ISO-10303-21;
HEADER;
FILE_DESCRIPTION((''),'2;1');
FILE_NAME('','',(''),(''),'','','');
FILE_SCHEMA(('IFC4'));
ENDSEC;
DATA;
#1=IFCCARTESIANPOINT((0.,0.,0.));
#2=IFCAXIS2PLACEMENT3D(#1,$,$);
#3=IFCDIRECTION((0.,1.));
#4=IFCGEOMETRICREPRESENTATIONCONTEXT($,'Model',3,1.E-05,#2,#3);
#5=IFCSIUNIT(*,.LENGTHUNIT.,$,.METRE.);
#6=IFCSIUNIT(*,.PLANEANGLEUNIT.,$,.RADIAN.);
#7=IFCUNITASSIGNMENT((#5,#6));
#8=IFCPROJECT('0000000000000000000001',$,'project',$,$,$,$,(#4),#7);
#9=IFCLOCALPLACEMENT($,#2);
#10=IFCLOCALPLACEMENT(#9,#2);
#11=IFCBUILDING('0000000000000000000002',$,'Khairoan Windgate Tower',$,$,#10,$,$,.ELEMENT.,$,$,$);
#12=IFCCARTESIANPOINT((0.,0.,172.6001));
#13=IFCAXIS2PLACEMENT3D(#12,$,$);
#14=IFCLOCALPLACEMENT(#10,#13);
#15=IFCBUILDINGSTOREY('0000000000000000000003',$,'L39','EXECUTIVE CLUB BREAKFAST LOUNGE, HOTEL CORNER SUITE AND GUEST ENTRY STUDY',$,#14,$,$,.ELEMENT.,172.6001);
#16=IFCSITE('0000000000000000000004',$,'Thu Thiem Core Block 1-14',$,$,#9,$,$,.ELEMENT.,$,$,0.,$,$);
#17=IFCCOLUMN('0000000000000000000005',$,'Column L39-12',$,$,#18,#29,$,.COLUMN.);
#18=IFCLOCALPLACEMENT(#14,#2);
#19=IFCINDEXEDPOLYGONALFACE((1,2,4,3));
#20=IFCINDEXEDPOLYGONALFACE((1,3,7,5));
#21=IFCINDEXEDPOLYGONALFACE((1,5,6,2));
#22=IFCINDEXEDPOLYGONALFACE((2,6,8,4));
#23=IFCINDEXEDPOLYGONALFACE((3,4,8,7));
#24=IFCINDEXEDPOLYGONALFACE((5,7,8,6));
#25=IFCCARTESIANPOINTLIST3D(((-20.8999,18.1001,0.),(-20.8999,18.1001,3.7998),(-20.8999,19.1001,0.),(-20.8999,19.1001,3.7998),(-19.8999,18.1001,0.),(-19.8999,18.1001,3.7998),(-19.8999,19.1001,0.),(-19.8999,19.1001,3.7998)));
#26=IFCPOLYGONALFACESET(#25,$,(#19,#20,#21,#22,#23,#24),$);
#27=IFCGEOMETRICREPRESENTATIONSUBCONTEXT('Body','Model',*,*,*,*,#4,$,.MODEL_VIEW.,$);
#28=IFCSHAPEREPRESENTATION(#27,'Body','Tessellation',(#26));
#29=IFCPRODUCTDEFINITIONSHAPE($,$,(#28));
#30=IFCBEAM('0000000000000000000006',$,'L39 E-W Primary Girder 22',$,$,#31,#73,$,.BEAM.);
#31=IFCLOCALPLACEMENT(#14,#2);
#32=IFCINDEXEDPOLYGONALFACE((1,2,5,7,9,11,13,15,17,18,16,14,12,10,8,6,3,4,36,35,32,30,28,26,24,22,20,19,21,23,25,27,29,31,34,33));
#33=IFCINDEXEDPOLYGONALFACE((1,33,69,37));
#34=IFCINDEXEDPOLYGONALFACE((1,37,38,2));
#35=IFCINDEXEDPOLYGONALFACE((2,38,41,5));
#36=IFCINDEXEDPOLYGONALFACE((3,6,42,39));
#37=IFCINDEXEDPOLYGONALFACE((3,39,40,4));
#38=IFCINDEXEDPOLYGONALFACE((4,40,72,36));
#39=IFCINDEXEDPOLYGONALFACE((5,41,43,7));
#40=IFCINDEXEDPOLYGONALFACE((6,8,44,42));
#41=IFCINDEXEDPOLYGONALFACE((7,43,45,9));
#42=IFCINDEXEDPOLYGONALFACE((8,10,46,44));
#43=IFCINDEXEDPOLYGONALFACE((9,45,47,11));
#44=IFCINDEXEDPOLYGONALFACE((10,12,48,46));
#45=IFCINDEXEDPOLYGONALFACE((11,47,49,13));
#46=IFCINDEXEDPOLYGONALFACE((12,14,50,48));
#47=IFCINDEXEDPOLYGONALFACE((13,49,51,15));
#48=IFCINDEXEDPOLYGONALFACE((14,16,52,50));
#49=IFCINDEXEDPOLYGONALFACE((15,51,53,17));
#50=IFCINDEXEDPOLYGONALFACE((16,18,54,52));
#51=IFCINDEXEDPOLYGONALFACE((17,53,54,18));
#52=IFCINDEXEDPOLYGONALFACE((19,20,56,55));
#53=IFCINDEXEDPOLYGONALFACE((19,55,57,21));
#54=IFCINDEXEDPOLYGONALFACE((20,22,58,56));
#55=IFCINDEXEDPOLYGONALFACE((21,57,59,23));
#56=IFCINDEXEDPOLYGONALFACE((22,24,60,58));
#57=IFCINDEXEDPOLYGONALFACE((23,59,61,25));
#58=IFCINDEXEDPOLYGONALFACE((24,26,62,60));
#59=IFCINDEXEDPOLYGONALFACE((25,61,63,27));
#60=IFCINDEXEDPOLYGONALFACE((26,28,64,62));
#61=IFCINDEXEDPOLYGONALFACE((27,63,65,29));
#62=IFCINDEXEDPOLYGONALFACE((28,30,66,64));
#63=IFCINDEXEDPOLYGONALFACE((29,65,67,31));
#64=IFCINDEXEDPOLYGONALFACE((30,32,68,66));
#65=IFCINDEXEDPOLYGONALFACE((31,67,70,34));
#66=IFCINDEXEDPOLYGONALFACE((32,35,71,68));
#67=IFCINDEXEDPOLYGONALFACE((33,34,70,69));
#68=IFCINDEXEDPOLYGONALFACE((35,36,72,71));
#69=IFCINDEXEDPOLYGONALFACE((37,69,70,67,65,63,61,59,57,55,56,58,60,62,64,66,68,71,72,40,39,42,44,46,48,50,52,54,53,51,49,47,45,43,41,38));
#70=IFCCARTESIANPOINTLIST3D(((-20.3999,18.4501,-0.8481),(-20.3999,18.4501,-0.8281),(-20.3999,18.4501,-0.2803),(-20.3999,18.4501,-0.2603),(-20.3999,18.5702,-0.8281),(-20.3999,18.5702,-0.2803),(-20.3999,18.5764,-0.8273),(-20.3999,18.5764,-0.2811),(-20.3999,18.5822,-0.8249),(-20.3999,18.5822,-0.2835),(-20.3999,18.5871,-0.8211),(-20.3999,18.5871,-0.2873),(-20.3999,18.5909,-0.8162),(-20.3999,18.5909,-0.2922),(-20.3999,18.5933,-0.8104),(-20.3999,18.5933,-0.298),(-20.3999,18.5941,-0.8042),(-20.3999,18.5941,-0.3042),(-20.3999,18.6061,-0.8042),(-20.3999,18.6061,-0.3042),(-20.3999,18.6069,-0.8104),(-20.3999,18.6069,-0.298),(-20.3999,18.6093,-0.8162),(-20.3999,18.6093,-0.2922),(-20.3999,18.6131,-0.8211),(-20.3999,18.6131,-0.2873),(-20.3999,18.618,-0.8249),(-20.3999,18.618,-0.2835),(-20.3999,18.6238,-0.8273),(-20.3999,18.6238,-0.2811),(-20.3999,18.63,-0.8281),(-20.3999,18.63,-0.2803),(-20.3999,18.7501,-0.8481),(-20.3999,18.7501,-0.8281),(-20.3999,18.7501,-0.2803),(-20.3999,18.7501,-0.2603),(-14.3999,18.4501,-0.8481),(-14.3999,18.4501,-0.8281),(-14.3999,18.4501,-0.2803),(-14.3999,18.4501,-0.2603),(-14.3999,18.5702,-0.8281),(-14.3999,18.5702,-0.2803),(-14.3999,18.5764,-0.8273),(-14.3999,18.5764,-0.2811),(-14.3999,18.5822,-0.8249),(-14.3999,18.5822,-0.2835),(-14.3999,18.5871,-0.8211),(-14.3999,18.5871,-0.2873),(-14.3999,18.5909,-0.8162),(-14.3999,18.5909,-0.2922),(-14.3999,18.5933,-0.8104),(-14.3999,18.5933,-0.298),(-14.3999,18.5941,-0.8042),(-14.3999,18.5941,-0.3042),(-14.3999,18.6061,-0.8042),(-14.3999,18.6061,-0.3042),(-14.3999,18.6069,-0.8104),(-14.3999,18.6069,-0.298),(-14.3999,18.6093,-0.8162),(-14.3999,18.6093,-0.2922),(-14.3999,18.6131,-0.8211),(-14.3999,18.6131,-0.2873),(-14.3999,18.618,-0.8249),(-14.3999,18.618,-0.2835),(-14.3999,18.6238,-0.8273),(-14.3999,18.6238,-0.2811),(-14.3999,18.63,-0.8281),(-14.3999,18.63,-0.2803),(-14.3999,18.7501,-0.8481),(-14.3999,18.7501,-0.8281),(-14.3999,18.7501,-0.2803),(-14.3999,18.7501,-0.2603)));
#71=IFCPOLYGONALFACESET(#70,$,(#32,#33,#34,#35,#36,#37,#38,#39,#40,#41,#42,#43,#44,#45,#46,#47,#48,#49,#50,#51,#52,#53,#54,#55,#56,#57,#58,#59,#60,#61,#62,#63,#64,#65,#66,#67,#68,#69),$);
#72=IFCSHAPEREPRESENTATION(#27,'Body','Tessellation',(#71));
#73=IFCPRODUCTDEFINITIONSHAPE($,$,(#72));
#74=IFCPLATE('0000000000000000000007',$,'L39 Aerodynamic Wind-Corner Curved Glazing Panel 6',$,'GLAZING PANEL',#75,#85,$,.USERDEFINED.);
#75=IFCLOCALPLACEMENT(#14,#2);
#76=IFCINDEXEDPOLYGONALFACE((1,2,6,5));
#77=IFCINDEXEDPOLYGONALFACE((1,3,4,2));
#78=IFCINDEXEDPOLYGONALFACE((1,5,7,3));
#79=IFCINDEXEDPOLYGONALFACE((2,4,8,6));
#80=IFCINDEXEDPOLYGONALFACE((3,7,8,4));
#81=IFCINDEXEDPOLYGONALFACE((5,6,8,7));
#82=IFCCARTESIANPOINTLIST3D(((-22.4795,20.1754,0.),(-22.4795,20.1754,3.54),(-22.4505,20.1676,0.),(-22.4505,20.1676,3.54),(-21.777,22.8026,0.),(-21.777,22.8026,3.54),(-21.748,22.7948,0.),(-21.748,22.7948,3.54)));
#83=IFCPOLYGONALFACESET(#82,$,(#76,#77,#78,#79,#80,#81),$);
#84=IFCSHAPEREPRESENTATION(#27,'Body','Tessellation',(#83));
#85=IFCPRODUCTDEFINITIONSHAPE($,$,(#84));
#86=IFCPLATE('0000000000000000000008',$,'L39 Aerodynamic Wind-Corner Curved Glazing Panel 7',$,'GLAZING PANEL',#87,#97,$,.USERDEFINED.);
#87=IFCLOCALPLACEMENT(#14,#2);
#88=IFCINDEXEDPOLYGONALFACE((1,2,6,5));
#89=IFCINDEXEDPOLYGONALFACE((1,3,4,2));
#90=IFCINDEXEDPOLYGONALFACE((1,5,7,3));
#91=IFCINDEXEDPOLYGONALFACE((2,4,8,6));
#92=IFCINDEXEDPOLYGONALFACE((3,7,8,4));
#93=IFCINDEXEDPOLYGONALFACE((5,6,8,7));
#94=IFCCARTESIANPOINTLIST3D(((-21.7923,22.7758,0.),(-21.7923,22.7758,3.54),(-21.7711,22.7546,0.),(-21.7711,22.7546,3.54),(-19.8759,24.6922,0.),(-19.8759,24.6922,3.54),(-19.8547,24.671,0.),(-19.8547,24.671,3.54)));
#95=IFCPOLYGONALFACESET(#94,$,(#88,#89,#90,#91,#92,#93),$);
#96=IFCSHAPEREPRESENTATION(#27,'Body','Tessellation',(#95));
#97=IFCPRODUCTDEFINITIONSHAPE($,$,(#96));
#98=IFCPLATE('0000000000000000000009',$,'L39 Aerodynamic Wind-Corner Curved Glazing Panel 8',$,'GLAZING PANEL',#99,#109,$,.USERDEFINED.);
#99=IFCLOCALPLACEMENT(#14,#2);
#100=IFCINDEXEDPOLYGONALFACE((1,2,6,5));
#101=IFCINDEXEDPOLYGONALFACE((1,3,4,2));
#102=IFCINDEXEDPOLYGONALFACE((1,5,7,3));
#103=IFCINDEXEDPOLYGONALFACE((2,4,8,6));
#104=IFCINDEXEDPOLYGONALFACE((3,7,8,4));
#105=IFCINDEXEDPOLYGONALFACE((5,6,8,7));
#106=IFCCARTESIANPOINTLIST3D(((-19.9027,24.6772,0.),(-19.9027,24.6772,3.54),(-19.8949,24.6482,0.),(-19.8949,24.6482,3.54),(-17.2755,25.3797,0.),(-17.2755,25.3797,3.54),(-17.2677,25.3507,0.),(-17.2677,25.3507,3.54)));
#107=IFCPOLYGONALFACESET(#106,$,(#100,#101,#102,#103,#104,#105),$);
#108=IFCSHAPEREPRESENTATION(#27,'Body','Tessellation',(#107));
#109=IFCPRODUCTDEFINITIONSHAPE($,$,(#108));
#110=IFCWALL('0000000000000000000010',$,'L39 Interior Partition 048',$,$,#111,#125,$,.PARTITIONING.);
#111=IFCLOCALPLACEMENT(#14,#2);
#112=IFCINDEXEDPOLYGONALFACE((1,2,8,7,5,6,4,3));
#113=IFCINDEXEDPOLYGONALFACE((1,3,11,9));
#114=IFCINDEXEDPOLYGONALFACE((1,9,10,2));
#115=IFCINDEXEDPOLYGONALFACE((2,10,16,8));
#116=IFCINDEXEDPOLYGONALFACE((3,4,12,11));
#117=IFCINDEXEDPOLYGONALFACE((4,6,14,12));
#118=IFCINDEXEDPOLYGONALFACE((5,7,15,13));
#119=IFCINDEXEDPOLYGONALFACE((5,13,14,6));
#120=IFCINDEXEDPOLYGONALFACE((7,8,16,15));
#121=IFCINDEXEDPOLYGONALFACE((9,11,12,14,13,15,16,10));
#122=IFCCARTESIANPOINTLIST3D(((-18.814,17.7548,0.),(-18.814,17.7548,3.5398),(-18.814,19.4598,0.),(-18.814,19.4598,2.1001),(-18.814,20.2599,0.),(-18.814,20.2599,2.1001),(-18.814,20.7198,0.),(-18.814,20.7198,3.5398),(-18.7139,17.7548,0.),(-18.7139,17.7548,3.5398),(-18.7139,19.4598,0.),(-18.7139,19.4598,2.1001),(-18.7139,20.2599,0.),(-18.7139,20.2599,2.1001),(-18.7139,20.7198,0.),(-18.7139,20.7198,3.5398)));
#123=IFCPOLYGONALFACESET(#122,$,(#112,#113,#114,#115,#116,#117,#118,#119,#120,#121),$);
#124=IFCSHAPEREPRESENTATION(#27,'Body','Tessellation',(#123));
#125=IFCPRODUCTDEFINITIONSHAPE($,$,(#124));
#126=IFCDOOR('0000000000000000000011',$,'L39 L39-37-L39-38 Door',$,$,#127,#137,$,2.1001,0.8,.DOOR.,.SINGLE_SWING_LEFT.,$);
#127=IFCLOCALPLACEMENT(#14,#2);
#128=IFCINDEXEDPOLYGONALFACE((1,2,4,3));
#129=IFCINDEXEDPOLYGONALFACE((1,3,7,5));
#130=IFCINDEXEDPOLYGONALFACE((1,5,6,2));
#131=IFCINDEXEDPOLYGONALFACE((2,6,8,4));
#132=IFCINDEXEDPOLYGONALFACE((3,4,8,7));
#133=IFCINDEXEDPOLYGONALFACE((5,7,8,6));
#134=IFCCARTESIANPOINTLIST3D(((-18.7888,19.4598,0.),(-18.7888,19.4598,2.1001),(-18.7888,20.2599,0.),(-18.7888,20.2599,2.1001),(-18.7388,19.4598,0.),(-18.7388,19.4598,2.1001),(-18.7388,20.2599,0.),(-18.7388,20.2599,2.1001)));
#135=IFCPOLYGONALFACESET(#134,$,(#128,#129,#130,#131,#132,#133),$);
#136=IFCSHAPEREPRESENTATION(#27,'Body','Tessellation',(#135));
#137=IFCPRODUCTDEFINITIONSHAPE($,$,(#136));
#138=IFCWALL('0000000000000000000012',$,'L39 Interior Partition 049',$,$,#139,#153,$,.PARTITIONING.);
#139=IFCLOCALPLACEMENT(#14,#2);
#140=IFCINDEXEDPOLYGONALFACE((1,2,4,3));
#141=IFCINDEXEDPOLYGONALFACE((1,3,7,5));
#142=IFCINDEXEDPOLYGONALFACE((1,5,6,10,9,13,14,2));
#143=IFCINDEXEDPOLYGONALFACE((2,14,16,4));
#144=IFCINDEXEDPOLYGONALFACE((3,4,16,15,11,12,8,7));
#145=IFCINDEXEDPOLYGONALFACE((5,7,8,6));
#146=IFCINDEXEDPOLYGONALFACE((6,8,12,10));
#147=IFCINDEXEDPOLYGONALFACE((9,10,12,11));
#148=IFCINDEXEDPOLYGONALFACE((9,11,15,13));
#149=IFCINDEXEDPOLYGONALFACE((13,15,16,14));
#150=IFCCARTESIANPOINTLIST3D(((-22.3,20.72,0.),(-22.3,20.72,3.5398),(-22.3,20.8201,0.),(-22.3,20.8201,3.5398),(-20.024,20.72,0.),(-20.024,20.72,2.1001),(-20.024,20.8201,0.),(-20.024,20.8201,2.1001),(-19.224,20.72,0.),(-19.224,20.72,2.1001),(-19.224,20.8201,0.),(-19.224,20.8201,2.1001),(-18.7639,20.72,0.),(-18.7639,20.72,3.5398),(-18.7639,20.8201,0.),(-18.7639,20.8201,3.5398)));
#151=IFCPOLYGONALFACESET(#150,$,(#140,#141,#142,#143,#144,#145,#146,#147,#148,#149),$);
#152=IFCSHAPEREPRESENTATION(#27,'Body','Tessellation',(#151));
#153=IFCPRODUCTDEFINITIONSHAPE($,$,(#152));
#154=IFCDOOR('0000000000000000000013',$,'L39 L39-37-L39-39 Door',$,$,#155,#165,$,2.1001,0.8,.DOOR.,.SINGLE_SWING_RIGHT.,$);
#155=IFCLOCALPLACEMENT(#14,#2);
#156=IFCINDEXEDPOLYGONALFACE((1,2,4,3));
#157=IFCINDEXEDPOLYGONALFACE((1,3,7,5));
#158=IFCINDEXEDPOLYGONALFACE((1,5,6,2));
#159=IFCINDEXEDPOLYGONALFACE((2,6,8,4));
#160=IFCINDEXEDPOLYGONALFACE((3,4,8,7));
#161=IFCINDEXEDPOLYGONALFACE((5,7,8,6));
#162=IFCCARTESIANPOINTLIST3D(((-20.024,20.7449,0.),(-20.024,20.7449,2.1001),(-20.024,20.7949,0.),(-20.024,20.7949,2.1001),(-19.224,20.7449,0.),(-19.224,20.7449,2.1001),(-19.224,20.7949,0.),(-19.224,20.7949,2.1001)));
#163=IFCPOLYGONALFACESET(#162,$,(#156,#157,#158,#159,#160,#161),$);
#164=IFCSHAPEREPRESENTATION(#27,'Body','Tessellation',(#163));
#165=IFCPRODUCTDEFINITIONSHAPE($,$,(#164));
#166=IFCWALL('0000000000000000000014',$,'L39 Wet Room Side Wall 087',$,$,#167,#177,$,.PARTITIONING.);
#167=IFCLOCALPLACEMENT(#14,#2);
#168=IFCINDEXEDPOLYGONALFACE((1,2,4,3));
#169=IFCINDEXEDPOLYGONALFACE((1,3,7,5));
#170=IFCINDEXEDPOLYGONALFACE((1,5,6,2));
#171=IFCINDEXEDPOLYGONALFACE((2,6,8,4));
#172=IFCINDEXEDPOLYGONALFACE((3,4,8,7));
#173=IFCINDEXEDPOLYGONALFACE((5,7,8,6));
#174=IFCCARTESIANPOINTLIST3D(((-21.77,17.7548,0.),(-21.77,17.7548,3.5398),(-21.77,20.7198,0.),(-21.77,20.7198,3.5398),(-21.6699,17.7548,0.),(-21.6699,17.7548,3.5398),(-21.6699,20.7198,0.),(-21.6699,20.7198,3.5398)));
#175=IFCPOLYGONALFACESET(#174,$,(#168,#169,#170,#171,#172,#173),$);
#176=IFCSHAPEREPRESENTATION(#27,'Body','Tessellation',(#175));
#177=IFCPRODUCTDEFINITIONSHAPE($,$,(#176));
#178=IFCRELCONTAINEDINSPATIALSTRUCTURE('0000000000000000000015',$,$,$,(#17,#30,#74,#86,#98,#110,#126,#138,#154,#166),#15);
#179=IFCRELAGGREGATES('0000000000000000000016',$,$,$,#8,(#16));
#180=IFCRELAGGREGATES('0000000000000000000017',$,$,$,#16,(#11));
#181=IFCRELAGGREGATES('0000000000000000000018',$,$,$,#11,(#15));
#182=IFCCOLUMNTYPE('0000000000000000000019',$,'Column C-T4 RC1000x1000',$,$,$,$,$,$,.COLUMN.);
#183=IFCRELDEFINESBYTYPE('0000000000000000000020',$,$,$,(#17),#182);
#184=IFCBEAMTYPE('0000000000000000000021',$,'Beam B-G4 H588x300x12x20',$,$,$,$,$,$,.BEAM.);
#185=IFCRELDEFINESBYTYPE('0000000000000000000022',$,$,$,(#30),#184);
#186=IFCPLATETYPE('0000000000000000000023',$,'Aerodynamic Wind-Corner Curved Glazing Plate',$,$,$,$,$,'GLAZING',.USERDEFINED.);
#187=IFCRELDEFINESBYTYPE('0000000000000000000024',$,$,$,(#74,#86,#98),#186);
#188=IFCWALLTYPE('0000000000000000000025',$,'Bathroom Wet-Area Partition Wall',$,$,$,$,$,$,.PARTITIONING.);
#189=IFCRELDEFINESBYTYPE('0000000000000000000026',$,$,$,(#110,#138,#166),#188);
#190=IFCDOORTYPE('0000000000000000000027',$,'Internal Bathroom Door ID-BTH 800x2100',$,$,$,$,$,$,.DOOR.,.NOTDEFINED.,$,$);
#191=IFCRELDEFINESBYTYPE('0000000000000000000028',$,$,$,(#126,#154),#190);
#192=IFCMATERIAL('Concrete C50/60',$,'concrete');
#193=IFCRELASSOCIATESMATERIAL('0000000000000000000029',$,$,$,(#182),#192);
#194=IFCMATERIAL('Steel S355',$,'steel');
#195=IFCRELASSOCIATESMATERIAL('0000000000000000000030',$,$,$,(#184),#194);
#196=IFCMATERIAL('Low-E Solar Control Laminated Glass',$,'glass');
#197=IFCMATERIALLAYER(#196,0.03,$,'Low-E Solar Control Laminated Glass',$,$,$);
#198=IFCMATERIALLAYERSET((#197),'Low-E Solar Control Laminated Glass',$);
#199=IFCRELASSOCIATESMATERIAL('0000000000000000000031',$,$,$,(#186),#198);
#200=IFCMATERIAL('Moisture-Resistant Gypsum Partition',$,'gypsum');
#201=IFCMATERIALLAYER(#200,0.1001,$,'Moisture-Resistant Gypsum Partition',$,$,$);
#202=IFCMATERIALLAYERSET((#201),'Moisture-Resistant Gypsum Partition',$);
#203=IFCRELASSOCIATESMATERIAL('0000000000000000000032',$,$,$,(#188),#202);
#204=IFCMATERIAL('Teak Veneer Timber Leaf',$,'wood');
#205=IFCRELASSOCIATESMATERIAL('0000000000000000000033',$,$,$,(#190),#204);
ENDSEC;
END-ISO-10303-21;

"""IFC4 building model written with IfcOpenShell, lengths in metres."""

from ifc_helpers import new_model, si_unit, direction, frame, frame_2d, origin, origin_2d, place, context, subcontext, project, spatial, rectangle, i_section, extrude, material, layer, layer_set, material_profile, profile_set, type_object, element, fill, save


model = new_model("IFC4")

# Units and contexts
model_context = context("Model", 3, precision=1e-05, world=origin(), true_north=direction((0.0, 1.0)))
body_context = subcontext(model_context, "Body", "Model", "MODEL_VIEW")
ifc_project = project(units=[si_unit("LENGTHUNIT", "METRE"), si_unit("PLANEANGLEUNIT", "RADIAN")], contexts=[model_context])

# Site, building, storey
site_placement = place(None, origin())
site = spatial("IfcSite", under=ifc_project, at=site_placement, Name="Thu Thiem Core Block 1-14", CompositionType="ELEMENT", RefElevation=0.0)
building_placement = place(site_placement, origin())
building = spatial("IfcBuilding", under=site, at=building_placement, Name="Khairoan Windgate Tower", CompositionType="ELEMENT")
storey_placement = place(building_placement, frame((0.0, 0.0, 172.6001)))
storey = spatial("IfcBuildingStorey", under=building, at=storey_placement, Name="L39", Description="EXECUTIVE CLUB BREAKFAST LOUNGE, HOTEL CORNER SUITE AND GUEST ENTRY STUDY", CompositionType="ELEMENT", Elevation=172.6001)

# Column
ifc_material_1 = material(Name="Concrete C50/60", Category="concrete")
ifc_material_profile_1 = material_profile(ifc_material_1, rectangle(XDim=1.0, YDim=1.0, at=origin_2d()))
ifc_profile_set_1 = profile_set([ifc_material_profile_1], Name="Concrete C50/60")
column_type = type_object("IfcColumnType", Name="Column C-T4 RC1000x1000", PredefinedType="COLUMN", material=ifc_profile_set_1)
column_placement = place(storey_placement, frame((-20.3999, 18.6001, 0.0), z_axis=(0.0, 0.0, 1.0), x_axis=(1.0, 0.0, 0.0)))
element("IfcColumn", 1, at=column_placement, inside=storey, type_object=column_type, Name="Column L39-12", PredefinedType="COLUMN", context=body_context, shape_type="SweptSolid", body=[
    extrude(rectangle(XDim=1.0, YDim=1.0, at=origin_2d()), origin(), (0.0, 0.0, 1.0), 3.7998),
])

# Beam
ifc_material_2 = material(Name="Steel S355", Category="steel")
ifc_material_profile_2 = material_profile(ifc_material_2, i_section(OverallWidth=0.3, OverallDepth=0.5879, WebThickness=0.012, FlangeThickness=0.02, FilletRadius=0.0239, at=origin_2d()))
ifc_profile_set_2 = profile_set([ifc_material_profile_2], Name="Steel S355")
beam_type = type_object("IfcBeamType", Name="Beam B-G4 H588x300x12x20", PredefinedType="BEAM", material=ifc_profile_set_2)
beam_placement = place(storey_placement, frame((-20.3999, 18.6001, -0.5542), z_axis=(1.0, 0.0, 0.0), x_axis=(0.0, 1.0, 0.0)))
element("IfcBeam", 2, at=beam_placement, inside=storey, type_object=beam_type, Name="L39 E-W Primary Girder 22", PredefinedType="BEAM", context=body_context, shape_type="SweptSolid", body=[
    extrude(i_section(OverallWidth=0.3, OverallDepth=0.5879, WebThickness=0.012, FlangeThickness=0.02, FilletRadius=0.0239, at=origin_2d()), origin(), (0.0, 0.0, 1.0), 6.0),
])

# Plates
ifc_material_3 = material(Name="Low-E Solar Control Laminated Glass", Category="glass")
ifc_layer_1 = layer(ifc_material_3, 0.03, Name="Low-E Solar Control Laminated Glass")
ifc_layer_set_1 = layer_set([ifc_layer_1], Name="Low-E Solar Control Laminated Glass")
plate_type_1 = type_object("IfcPlateType", Name="Aerodynamic Wind-Corner Curved Glazing Plate", ElementType="GLAZING", PredefinedType="USERDEFINED", material=ifc_layer_set_1)
plate_1_placement = place(storey_placement, frame((-22.1138, 21.4851, 0.0), z_axis=(0.0, 0.0, 1.0), x_axis=(0.258313, 0.966061, 0.0)))
element("IfcPlate", 3, at=plate_1_placement, inside=storey, type_object=plate_type_1, Name="L39 Aerodynamic Wind-Corner Curved Glazing Panel 6", ObjectType="GLAZING PANEL", PredefinedType="USERDEFINED", context=body_context, shape_type="SweptSolid", body=[
    extrude(rectangle(XDim=2.7195, YDim=0.03, at=origin_2d()), origin(), (0.0, 0.0, 1.0), 3.54),
])
plate_2_placement = place(storey_placement, frame((-20.8235, 23.7234, 0.0), z_axis=(0.0, 0.0, 1.0), x_axis=(0.707107, 0.707107, 0.0)))
element("IfcPlate", 4, at=plate_2_placement, inside=storey, type_object=plate_type_1, Name="L39 Aerodynamic Wind-Corner Curved Glazing Panel 7", ObjectType="GLAZING PANEL", PredefinedType="USERDEFINED", context=body_context, shape_type="SweptSolid", body=[
    extrude(rectangle(XDim=2.7102, YDim=0.03, at=origin_2d()), origin(), (0.0, 0.0, 1.0), 3.54),
])
plate_3_placement = place(storey_placement, frame((-18.5852, 25.0139, 0.0), z_axis=(0.0, 0.0, 1.0), x_axis=(0.966061, 0.258313, 0.0)))
element("IfcPlate", 5, at=plate_3_placement, inside=storey, type_object=plate_type_1, Name="L39 Aerodynamic Wind-Corner Curved Glazing Panel 8", ObjectType="GLAZING PANEL", PredefinedType="USERDEFINED", context=body_context, shape_type="SweptSolid", body=[
    extrude(rectangle(XDim=2.7195, YDim=0.03, at=origin_2d()), origin(), (0.0, 0.0, 1.0), 3.54),
])

# Walls, openings, doors
ifc_material_4 = material(Name="Moisture-Resistant Gypsum Partition", Category="gypsum")
ifc_layer_2 = layer(ifc_material_4, 0.1001, Name="Moisture-Resistant Gypsum Partition")
ifc_layer_set_2 = layer_set([ifc_layer_2], Name="Moisture-Resistant Gypsum Partition")
wall_type_1 = type_object("IfcWallType", Name="Bathroom Wet-Area Partition Wall", PredefinedType="PARTITIONING", material=ifc_layer_set_2)
wall_1_placement = place(storey_placement, frame((-18.7639, 17.7549, 0.0), z_axis=(0.0, 0.0, 1.0), x_axis=(0.0, 1.0, 0.0)))
wall_1 = element("IfcWall", 6, at=wall_1_placement, inside=storey, type_object=wall_type_1, Name="L39 Interior Partition 048", PredefinedType="PARTITIONING", context=body_context, shape_type="SweptSolid", body=[
    extrude(rectangle(XDim=2.9651, YDim=0.1001, at=frame_2d((1.4824, 0.0))), origin(), (0.0, 0.0, 1.0), 3.5398),
])
opening_1_placement = place(wall_1_placement, frame((1.7051, 0.0, 0.0)))
opening_1 = element("IfcOpeningElement", 7, at=opening_1_placement, cuts=wall_1, PredefinedType="OPENING", context=body_context, shape_type="SweptSolid", body=[
    extrude(rectangle(XDim=0.8, YDim=2.1001, at=frame_2d((0.3999, 1.05))), frame((0.0, 0.0601, 0.0), z_axis=(0.0, -1.0, 0.0), x_axis=(1.0, 0.0, 0.0)), (0.0, 0.0, 1.0), 0.1201),
])
ifc_material_5 = material(Name="Teak Veneer Timber Leaf", Category="wood")
door_type_1 = type_object("IfcDoorType", Name="Internal Bathroom Door ID-BTH 800x2100", OperationType="NOTDEFINED", PredefinedType="DOOR", material=ifc_material_5)
door_1_placement = place(opening_1_placement, origin())
door_1 = element("IfcDoor", 8, at=door_1_placement, inside=storey, type_object=door_type_1, Name="L39 L39-37-L39-38 Door", OperationType="SINGLE_SWING_LEFT", OverallHeight=2.1001, OverallWidth=0.8, PredefinedType="DOOR", context=body_context, shape_type="SweptSolid", body=[
    extrude(rectangle(XDim=0.8, YDim=2.1001, at=frame_2d((0.3999, 1.05))), frame((0.0, 0.0249, 0.0), z_axis=(0.0, -1.0, 0.0), x_axis=(1.0, 0.0, 0.0)), (0.0, 0.0, 1.0), 0.05),
])
fill(opening_1, door_1)
wall_2_placement = place(storey_placement, frame((-22.3, 20.77, 0.0), z_axis=(0.0, 0.0, 1.0), x_axis=(1.0, 0.0, 0.0)))
wall_2 = element("IfcWall", 9, at=wall_2_placement, inside=storey, type_object=wall_type_1, Name="L39 Interior Partition 049", PredefinedType="PARTITIONING", context=body_context, shape_type="SweptSolid", body=[
    extrude(rectangle(XDim=3.5361, YDim=0.1001, at=frame_2d((1.7681, 0.0))), origin(), (0.0, 0.0, 1.0), 3.5398),
])
opening_2_placement = place(wall_2_placement, frame((2.2761, 0.0, 0.0)))
opening_2 = element("IfcOpeningElement", 10, at=opening_2_placement, cuts=wall_2, PredefinedType="OPENING", context=body_context, shape_type="SweptSolid", body=[
    extrude(rectangle(XDim=0.8, YDim=2.1001, at=frame_2d((0.3999, 1.05))), frame((0.0, 0.0601, 0.0), z_axis=(0.0, -1.0, 0.0), x_axis=(1.0, 0.0, 0.0)), (0.0, 0.0, 1.0), 0.1201),
])
door_2_placement = place(opening_2_placement, origin())
door_2 = element("IfcDoor", 11, at=door_2_placement, inside=storey, type_object=door_type_1, Name="L39 L39-37-L39-39 Door", OperationType="SINGLE_SWING_RIGHT", OverallHeight=2.1001, OverallWidth=0.8, PredefinedType="DOOR", context=body_context, shape_type="SweptSolid", body=[
    extrude(rectangle(XDim=0.8, YDim=2.1001, at=frame_2d((0.3999, 1.05))), frame((0.0, 0.0249, 0.0), z_axis=(0.0, -1.0, 0.0), x_axis=(1.0, 0.0, 0.0)), (0.0, 0.0, 1.0), 0.05),
])
fill(opening_2, door_2)

# Wall
wall_3_placement = place(storey_placement, frame((-21.72, 17.7549, 0.0), z_axis=(0.0, 0.0, 1.0), x_axis=(0.0, 1.0, 0.0)))
element("IfcWall", 12, at=wall_3_placement, inside=storey, type_object=wall_type_1, Name="L39 Wet Room Side Wall 087", PredefinedType="PARTITIONING", context=body_context, shape_type="SweptSolid", body=[
    extrude(rectangle(XDim=2.9651, YDim=0.1001, at=frame_2d((1.4824, 0.0))), origin(), (0.0, 0.0, 1.0), 3.5398),
])

save(model, "model.ifc")
